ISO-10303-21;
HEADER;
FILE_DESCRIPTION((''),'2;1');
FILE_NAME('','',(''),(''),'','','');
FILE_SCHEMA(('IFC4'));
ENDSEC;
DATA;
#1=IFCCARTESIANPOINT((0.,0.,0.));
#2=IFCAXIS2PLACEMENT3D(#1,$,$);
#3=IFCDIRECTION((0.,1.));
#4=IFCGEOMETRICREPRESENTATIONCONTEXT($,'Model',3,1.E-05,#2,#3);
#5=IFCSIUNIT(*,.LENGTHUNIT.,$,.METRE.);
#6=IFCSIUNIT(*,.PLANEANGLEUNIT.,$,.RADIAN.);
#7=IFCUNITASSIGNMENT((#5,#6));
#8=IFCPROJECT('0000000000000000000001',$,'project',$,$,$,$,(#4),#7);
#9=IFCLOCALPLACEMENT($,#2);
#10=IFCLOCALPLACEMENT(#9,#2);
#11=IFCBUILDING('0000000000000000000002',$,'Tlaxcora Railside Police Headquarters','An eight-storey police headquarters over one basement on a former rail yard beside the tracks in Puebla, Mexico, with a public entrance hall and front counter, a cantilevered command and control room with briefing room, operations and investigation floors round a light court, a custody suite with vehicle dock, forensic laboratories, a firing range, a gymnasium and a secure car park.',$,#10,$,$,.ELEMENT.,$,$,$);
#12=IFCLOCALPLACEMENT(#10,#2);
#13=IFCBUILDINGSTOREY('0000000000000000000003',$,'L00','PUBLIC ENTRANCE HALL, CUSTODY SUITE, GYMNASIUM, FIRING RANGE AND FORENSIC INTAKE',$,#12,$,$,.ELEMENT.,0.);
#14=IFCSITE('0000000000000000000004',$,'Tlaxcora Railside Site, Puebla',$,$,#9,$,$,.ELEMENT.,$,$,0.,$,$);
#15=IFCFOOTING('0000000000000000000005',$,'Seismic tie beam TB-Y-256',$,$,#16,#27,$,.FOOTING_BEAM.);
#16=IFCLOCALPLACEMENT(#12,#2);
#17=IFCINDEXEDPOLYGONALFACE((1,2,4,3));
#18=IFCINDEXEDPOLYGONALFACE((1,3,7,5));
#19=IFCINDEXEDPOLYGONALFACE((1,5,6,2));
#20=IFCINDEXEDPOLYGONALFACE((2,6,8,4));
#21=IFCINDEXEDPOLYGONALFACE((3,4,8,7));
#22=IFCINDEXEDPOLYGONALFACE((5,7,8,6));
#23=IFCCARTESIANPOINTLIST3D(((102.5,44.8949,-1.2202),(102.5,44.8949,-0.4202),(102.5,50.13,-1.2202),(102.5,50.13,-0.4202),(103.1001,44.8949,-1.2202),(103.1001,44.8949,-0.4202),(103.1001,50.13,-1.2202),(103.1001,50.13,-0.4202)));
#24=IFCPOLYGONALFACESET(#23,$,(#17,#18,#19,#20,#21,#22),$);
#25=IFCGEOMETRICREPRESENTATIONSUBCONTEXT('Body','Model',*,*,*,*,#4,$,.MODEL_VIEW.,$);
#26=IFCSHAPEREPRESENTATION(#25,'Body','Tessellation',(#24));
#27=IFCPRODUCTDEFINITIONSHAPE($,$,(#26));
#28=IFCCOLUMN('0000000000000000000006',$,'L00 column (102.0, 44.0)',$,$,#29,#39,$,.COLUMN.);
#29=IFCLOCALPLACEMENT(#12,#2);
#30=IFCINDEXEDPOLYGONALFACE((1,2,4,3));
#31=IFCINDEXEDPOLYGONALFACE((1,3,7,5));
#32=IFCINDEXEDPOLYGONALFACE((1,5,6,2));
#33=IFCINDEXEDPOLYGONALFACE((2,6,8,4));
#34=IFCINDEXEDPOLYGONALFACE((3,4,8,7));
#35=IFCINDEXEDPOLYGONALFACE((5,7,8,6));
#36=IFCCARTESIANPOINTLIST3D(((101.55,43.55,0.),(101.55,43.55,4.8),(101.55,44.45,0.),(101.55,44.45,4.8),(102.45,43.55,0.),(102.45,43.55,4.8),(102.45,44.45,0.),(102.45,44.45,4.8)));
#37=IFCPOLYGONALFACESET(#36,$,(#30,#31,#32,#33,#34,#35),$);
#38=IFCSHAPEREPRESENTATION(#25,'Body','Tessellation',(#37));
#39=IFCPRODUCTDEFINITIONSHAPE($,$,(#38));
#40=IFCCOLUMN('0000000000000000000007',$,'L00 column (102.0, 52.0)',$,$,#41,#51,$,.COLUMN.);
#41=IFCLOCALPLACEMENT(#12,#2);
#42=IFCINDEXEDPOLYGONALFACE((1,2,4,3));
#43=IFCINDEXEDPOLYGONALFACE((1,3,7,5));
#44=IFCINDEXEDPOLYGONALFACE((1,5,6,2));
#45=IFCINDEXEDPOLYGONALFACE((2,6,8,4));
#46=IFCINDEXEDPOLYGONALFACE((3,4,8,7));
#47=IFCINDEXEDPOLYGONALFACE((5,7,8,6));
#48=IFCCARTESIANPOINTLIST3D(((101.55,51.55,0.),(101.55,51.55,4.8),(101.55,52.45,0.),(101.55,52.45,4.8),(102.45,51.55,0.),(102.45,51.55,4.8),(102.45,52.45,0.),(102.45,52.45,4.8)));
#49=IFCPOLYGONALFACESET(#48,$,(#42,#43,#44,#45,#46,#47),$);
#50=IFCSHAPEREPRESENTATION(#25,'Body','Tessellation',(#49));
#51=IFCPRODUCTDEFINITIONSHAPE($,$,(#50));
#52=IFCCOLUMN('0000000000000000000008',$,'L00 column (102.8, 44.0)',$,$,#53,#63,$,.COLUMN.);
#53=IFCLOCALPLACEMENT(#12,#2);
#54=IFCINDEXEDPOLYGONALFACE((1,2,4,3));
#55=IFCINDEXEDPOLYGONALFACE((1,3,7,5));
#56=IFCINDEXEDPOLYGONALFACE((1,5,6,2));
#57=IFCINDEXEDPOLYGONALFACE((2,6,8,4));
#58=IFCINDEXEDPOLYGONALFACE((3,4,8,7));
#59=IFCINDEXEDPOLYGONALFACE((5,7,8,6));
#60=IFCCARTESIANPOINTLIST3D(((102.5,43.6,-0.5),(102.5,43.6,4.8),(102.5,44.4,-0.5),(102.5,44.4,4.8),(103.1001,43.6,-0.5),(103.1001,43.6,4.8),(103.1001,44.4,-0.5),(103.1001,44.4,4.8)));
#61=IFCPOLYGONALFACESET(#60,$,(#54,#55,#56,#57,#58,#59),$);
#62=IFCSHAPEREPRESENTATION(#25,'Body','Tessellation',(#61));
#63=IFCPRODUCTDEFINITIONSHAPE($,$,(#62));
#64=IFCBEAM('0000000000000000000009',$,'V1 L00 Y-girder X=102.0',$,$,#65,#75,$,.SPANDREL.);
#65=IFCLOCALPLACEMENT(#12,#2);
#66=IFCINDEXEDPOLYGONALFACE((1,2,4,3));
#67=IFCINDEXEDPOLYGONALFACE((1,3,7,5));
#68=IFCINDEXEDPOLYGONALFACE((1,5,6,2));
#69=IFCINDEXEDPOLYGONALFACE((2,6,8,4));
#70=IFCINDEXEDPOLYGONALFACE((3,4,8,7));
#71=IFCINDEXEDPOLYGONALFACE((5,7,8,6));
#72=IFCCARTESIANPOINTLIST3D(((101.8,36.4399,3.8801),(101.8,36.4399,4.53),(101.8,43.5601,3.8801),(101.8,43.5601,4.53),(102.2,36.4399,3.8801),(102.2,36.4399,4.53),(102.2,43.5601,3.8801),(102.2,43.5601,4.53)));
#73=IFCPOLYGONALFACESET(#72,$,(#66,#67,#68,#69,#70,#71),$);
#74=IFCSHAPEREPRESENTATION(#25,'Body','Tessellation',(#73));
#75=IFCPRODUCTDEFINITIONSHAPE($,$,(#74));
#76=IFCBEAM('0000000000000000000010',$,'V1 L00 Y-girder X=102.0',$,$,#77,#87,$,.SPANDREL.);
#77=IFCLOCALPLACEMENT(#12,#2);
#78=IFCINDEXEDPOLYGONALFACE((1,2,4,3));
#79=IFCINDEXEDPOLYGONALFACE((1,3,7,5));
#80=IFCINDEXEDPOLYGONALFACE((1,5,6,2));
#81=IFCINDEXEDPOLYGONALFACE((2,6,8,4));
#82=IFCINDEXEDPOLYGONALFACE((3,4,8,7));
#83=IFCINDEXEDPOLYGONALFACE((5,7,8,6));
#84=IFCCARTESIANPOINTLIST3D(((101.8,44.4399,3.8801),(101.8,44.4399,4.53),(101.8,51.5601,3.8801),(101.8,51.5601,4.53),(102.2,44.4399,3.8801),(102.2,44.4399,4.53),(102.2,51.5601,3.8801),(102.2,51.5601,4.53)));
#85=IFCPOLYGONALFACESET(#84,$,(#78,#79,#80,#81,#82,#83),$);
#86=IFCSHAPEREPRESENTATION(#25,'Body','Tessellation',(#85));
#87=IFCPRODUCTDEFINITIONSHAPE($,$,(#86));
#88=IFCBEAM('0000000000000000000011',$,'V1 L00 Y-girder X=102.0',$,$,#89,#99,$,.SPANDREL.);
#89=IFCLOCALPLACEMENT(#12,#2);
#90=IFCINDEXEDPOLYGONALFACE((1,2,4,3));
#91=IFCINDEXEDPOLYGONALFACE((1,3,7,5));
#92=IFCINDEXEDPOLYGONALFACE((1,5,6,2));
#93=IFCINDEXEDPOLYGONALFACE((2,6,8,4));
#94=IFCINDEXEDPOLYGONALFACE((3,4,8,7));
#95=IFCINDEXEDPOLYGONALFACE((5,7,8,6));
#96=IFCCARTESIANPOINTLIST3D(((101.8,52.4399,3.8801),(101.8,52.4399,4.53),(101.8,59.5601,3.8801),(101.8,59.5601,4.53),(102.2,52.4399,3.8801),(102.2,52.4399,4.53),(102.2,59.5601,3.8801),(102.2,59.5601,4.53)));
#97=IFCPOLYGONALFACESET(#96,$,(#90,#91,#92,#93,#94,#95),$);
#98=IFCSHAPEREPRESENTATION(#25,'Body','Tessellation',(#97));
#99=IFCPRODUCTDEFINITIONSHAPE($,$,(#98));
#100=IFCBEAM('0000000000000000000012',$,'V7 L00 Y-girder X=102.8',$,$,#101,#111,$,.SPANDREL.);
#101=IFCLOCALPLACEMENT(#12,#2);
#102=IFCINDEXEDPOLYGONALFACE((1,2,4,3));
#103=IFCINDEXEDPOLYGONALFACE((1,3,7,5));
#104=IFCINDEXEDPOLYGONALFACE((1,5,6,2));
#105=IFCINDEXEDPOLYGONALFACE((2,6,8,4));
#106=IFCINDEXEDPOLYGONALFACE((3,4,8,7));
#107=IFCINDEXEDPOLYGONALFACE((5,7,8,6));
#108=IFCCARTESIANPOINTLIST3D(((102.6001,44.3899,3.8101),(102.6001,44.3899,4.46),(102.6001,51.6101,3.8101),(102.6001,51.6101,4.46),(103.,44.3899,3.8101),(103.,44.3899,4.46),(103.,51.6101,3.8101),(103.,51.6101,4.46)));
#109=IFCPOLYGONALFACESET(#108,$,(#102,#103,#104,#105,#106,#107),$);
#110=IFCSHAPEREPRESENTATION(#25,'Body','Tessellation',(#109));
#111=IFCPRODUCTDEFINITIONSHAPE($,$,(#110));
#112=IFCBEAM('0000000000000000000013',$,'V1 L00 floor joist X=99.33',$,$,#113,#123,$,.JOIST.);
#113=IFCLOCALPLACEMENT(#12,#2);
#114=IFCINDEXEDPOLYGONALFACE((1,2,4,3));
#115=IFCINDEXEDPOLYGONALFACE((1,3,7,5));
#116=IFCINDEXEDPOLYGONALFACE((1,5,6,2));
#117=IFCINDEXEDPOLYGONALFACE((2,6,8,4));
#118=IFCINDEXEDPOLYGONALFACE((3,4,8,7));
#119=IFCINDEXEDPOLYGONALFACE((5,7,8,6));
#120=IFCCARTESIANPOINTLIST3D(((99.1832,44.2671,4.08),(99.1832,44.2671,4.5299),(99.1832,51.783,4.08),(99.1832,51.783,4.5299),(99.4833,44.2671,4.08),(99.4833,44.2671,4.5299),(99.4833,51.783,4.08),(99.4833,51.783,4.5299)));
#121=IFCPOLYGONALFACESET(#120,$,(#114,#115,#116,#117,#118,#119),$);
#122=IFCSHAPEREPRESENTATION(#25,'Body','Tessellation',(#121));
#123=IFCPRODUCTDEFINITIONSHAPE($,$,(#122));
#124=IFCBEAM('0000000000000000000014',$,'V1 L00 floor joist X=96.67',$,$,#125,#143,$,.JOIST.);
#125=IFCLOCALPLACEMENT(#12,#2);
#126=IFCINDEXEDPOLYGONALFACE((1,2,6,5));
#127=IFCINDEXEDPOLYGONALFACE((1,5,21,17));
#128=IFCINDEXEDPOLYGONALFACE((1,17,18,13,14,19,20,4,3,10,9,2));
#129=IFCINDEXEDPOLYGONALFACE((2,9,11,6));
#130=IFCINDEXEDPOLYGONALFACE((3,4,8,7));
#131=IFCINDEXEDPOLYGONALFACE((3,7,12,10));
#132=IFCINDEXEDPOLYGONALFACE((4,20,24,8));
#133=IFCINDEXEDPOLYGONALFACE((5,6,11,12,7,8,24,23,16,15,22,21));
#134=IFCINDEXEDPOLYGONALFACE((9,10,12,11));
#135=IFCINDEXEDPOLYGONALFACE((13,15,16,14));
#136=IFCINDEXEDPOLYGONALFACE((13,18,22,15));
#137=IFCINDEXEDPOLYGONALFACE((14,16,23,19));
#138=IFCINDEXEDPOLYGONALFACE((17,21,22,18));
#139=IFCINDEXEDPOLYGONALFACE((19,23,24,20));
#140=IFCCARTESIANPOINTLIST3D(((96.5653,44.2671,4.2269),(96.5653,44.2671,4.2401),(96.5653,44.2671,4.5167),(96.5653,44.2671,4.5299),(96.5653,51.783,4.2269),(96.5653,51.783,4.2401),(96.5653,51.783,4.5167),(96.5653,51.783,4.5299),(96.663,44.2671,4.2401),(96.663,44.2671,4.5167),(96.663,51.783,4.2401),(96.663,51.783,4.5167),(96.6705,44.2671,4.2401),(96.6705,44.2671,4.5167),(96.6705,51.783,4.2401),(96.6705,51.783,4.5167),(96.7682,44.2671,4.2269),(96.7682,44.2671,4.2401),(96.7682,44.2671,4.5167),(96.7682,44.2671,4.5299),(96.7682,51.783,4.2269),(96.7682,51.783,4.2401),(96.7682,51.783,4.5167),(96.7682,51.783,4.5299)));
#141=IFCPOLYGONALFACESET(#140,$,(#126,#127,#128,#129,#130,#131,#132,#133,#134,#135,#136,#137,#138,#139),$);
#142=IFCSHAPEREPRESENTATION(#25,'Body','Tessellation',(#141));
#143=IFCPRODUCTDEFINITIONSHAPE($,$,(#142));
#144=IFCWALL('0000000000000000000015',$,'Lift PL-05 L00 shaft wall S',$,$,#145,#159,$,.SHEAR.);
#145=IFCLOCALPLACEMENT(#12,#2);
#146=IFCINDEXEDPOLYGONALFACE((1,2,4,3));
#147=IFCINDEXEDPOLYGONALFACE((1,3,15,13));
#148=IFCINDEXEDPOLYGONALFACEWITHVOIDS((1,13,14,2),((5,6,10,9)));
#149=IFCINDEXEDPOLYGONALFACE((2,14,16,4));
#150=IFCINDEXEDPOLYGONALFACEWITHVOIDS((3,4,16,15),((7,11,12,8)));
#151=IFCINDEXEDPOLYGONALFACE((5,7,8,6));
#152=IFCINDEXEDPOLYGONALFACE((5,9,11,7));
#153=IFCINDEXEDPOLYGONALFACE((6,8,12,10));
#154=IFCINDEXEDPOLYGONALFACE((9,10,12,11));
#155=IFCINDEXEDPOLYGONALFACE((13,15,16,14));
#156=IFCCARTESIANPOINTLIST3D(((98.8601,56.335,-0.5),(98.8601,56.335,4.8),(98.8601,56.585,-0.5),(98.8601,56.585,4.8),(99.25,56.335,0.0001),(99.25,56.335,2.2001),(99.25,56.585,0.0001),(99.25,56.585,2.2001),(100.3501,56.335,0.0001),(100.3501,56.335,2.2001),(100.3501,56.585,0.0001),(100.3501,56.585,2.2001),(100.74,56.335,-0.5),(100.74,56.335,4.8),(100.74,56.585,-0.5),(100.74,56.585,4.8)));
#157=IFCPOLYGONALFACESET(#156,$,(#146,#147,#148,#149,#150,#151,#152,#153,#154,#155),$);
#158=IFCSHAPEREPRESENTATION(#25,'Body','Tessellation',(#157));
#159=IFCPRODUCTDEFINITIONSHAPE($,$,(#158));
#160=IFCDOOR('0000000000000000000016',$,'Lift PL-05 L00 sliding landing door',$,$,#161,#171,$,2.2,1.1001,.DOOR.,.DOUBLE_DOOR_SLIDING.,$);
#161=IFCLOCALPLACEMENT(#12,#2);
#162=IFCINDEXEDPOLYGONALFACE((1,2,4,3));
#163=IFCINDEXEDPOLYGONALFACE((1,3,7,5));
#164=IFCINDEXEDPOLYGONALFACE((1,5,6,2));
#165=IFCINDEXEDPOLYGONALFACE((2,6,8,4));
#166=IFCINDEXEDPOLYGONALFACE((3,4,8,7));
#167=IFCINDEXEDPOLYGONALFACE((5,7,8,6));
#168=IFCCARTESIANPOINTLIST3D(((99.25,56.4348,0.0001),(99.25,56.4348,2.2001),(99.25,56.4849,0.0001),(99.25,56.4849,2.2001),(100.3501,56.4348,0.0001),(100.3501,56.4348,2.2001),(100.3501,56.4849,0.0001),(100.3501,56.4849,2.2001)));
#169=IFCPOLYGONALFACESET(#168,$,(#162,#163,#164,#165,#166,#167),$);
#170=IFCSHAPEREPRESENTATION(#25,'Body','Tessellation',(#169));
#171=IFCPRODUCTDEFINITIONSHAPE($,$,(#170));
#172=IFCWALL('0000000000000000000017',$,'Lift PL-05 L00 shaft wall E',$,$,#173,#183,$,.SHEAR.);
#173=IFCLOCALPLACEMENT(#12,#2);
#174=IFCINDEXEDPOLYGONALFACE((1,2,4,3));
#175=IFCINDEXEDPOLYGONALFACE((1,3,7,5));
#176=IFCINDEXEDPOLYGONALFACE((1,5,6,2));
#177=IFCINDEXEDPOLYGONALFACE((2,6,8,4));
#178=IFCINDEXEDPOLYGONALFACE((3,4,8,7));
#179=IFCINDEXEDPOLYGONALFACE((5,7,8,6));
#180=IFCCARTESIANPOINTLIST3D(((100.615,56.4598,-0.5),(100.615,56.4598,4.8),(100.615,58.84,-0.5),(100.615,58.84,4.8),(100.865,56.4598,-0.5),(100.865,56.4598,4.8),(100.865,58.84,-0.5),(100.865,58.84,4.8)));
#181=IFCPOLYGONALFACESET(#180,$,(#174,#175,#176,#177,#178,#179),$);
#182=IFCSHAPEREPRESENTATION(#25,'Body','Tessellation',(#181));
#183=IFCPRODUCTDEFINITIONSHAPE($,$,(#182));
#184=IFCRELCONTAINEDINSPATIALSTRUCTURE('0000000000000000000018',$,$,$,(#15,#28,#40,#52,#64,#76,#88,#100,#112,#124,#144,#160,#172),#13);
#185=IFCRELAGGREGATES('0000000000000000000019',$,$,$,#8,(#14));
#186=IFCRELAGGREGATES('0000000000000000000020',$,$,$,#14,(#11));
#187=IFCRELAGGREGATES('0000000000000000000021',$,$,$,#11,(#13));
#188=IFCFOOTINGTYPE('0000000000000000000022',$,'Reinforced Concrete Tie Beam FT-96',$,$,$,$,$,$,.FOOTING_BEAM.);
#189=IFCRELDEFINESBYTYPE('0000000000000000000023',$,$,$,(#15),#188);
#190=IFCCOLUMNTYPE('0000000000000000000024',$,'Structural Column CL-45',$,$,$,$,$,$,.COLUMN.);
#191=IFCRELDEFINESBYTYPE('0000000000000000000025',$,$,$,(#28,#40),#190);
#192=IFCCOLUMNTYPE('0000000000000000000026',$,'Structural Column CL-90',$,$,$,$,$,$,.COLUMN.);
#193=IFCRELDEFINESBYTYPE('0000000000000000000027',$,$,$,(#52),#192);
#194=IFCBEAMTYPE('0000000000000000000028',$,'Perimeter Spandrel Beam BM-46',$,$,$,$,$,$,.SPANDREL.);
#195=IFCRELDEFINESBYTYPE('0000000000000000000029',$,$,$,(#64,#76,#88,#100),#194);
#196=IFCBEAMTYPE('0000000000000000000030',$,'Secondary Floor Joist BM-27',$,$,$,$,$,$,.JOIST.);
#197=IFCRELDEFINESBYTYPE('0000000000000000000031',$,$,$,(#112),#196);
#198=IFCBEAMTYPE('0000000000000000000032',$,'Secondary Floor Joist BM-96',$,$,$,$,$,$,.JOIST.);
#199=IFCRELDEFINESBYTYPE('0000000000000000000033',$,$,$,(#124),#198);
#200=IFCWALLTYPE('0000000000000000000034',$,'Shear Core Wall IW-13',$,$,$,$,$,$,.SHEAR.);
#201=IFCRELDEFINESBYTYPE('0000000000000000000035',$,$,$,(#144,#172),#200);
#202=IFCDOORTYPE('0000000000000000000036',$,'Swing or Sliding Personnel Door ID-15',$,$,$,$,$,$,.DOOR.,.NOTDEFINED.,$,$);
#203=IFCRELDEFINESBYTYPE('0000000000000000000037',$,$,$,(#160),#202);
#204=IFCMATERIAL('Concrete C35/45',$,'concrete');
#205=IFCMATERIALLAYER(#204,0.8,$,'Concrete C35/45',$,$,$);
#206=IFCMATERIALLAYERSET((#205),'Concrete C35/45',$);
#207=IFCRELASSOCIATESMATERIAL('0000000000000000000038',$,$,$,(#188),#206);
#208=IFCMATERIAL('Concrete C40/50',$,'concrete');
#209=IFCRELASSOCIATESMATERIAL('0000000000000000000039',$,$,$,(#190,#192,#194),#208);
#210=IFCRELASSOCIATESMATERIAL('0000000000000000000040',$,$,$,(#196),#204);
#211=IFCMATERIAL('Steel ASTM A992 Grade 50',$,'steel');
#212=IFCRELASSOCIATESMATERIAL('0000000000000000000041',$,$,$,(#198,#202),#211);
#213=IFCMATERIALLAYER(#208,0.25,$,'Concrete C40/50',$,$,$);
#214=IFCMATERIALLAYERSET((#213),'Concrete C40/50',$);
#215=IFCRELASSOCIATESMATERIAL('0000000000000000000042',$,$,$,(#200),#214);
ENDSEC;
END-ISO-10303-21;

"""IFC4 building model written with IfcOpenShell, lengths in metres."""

from ifc_helpers import new_model, si_unit, direction, frame, frame_2d, origin, origin_2d, place, context, subcontext, project, spatial, rectangle, i_section, extrude, material, layer, layer_set, material_profile, profile_set, type_object, element, fill, save


model = new_model("IFC4")

# Units and contexts
model_context = context("Model", 3, precision=1e-05, world=origin(), true_north=direction((0.0, 1.0)))
body_context = subcontext(model_context, "Body", "Model", "MODEL_VIEW")
ifc_project = project(units=[si_unit("LENGTHUNIT", "METRE"), si_unit("PLANEANGLEUNIT", "RADIAN")], contexts=[model_context])

# Site, building, storey
site_placement = place(None, origin())
site = spatial("IfcSite", under=ifc_project, at=site_placement, Name="Tlaxcora Railside Site, Puebla", CompositionType="ELEMENT", RefElevation=0.0)
building_placement = place(site_placement, origin())
building = spatial("IfcBuilding", under=site, at=building_placement, Name="Tlaxcora Railside Police Headquarters", Description="An eight-storey police headquarters over one basement on a former rail yard beside the tracks in Puebla, Mexico, with a public entrance hall and front counter, a cantilevered command and control room with briefing room, operations and investigation floors round a light court, a custody suite with vehicle dock, forensic laboratories, a firing range, a gymnasium and a secure car park.", CompositionType="ELEMENT")
storey_placement = place(building_placement, origin())
storey = spatial("IfcBuildingStorey", under=building, at=storey_placement, Name="L00", Description="PUBLIC ENTRANCE HALL, CUSTODY SUITE, GYMNASIUM, FIRING RANGE AND FORENSIC INTAKE", CompositionType="ELEMENT", Elevation=0.0)

# Footing
ifc_material_1 = material(Name="Concrete C35/45", Category="concrete")
ifc_layer_1 = layer(ifc_material_1, 0.8, Name="Concrete C35/45")
ifc_layer_set_1 = layer_set([ifc_layer_1], Name="Concrete C35/45")
footing_type = type_object("IfcFootingType", Name="Reinforced Concrete Tie Beam FT-96", PredefinedType="FOOTING_BEAM", material=ifc_layer_set_1)
footing_placement = place(storey_placement, frame((102.8, 47.5125, -1.2202), z_axis=(0.0, 0.0, 1.0), x_axis=(0.0, 1.0, 0.0)))
element("IfcFooting", 1, at=footing_placement, inside=storey, type_object=footing_type, Name="Seismic tie beam TB-Y-256", PredefinedType="FOOTING_BEAM", context=body_context, shape_type="SweptSolid", body=[
    extrude(rectangle(XDim=5.2351, YDim=0.6001, at=origin_2d()), origin(), (0.0, 0.0, 1.0), 0.8),
])

# Columns
ifc_material_2 = material(Name="Concrete C40/50", Category="concrete")
ifc_material_profile_1 = material_profile(ifc_material_2, rectangle(XDim=0.8999, YDim=0.8999, at=origin_2d()), Name="RC900X900")
ifc_profile_set_1 = profile_set([ifc_material_profile_1], Name="Concrete C40/50")
column_type_1 = type_object("IfcColumnType", Name="Structural Column CL-45", PredefinedType="COLUMN", material=ifc_profile_set_1)
for number, where, z_axis, x_axis, name in (
    (2, (102.0, 44.0, 0.0), (0.0, 0.0, 1.0), (1.0, 0.0, 0.0), "L00 column (102.0, 44.0)"),
    (3, (102.0, 52.0, 0.0), (0.0, 0.0, 1.0), (1.0, 0.0, 0.0), "L00 column (102.0, 52.0)"),
):
    element("IfcColumn", number, at=place(storey_placement, frame(where, z_axis=z_axis, x_axis=x_axis)), inside=storey, type_object=column_type_1, Name=name, PredefinedType="COLUMN", context=body_context, shape_type="SweptSolid", body=[
        extrude(rectangle(XDim=0.8999, YDim=0.8999, at=origin_2d()), origin(), (0.0, 0.0, 1.0), 4.8),
    ])
ifc_material_profile_2 = material_profile(ifc_material_2, rectangle(XDim=0.6001, YDim=0.8, at=origin_2d()), Name="RC600X800")
ifc_profile_set_2 = profile_set([ifc_material_profile_2], Name="Concrete C40/50")
column_type_2 = type_object("IfcColumnType", Name="Structural Column CL-90", PredefinedType="COLUMN", material=ifc_profile_set_2)
column_placement = place(storey_placement, frame((102.8, 44.0, -0.5), z_axis=(0.0, 0.0, 1.0), x_axis=(1.0, 0.0, 0.0)))
element("IfcColumn", 4, at=column_placement, inside=storey, type_object=column_type_2, Name="L00 column (102.8, 44.0)", PredefinedType="COLUMN", context=body_context, shape_type="SweptSolid", body=[
    extrude(rectangle(XDim=0.6001, YDim=0.8, at=origin_2d()), origin(), (0.0, 0.0, 1.0), 5.3),
])

# Beams
ifc_material_profile_3 = material_profile(ifc_material_2, rectangle(XDim=0.3999, YDim=0.6499, at=origin_2d()), Name="RC400X650")
ifc_profile_set_3 = profile_set([ifc_material_profile_3], Name="Concrete C40/50")
beam_type_1 = type_object("IfcBeamType", Name="Perimeter Spandrel Beam BM-46", PredefinedType="SPANDREL", material=ifc_profile_set_3)
for number, where, z_axis, x_axis, name in (
    (5, (102.0, 36.4399, 4.2051), (0.0, 1.0, 0.0), (-1.0, 0.0, 0.0), "V1 L00 Y-girder X=102.0"),
    (6, (102.0, 44.4399, 4.2051), (0.0, 1.0, 0.0), (-1.0, 0.0, 0.0), "V1 L00 Y-girder X=102.0"),
    (7, (102.0, 52.4399, 4.2051), (0.0, 1.0, 0.0), (-1.0, 0.0, 0.0), "V1 L00 Y-girder X=102.0"),
):
    element("IfcBeam", number, at=place(storey_placement, frame(where, z_axis=z_axis, x_axis=x_axis)), inside=storey, type_object=beam_type_1, Name=name, PredefinedType="SPANDREL", context=body_context, shape_type="SweptSolid", body=[
        extrude(rectangle(XDim=0.3999, YDim=0.6499, at=origin_2d()), origin(), (0.0, 0.0, 1.0), 7.1201),
    ])
beam_1_placement = place(storey_placement, frame((102.8, 44.3899, 4.135), z_axis=(0.0, 1.0, 0.0), x_axis=(-1.0, 0.0, 0.0)))
element("IfcBeam", 8, at=beam_1_placement, inside=storey, type_object=beam_type_1, Name="V7 L00 Y-girder X=102.8", PredefinedType="SPANDREL", context=body_context, shape_type="SweptSolid", body=[
    extrude(rectangle(XDim=0.3999, YDim=0.6499, at=origin_2d()), origin(), (0.0, 0.0, 1.0), 7.2202),
])
ifc_material_profile_4 = material_profile(ifc_material_1, rectangle(XDim=0.3, YDim=0.45, at=origin_2d()), Name="RC300X450")
ifc_profile_set_4 = profile_set([ifc_material_profile_4], Name="Concrete C35/45")
beam_type_2 = type_object("IfcBeamType", Name="Secondary Floor Joist BM-27", PredefinedType="JOIST", material=ifc_profile_set_4)
beam_2_placement = place(storey_placement, frame((99.3333, 44.2671, 4.3049), z_axis=(0.0, 1.0, 0.0), x_axis=(-1.0, 0.0, 0.0)))
element("IfcBeam", 9, at=beam_2_placement, inside=storey, type_object=beam_type_2, Name="V1 L00 floor joist X=99.33", PredefinedType="JOIST", context=body_context, shape_type="SweptSolid", body=[
    extrude(rectangle(XDim=0.3, YDim=0.45, at=origin_2d()), origin(), (0.0, 0.0, 1.0), 7.5159),
])
ifc_material_3 = material(Name="Steel ASTM A992 Grade 50", Category="steel")
ifc_material_profile_5 = material_profile(ifc_material_3, i_section(OverallWidth=0.2029, OverallDepth=0.303, WebThickness=0.0076, FlangeThickness=0.0132, at=origin_2d()), Name="W12X40")
ifc_profile_set_5 = profile_set([ifc_material_profile_5], Name="Steel ASTM A992 Grade 50")
beam_type_3 = type_object("IfcBeamType", Name="Secondary Floor Joist BM-96", PredefinedType="JOIST", material=ifc_profile_set_5)
beam_3_placement = place(storey_placement, frame((96.6667, 44.2671, 4.3784), z_axis=(0.0, 1.0, 0.0), x_axis=(-1.0, 0.0, 0.0)))
element("IfcBeam", 10, at=beam_3_placement, inside=storey, type_object=beam_type_3, Name="V1 L00 floor joist X=96.67", PredefinedType="JOIST", context=body_context, shape_type="SweptSolid", body=[
    extrude(i_section(OverallWidth=0.2029, OverallDepth=0.303, WebThickness=0.0076, FlangeThickness=0.0132, at=origin_2d()), origin(), (0.0, 0.0, 1.0), 7.5159),
])

# Wall, opening, door
ifc_layer_2 = layer(ifc_material_2, 0.25, Name="Concrete C40/50")
ifc_layer_set_2 = layer_set([ifc_layer_2], Name="Concrete C40/50")
wall_type_1 = type_object("IfcWallType", Name="Shear Core Wall IW-13", PredefinedType="SHEAR", material=ifc_layer_set_2)
wall_1_placement = place(storey_placement, frame((98.8601, 56.46, -0.5), z_axis=(0.0, 0.0, 1.0), x_axis=(1.0, 0.0, 0.0)))
wall_1 = element("IfcWall", 11, at=wall_1_placement, inside=storey, type_object=wall_type_1, Name="Lift PL-05 L00 shaft wall S", PredefinedType="SHEAR", context=body_context, shape_type="SweptSolid", body=[
    extrude(rectangle(XDim=1.8799, YDim=0.25, at=frame_2d((0.9399, 0.0))), origin(), (0.0, 0.0, 1.0), 5.3),
])
opening_1_placement = place(wall_1_placement, frame((0.3899, 0.0, 0.5)))
opening_1 = element("IfcOpeningElement", 12, at=opening_1_placement, cuts=wall_1, PredefinedType="OPENING", context=body_context, shape_type="SweptSolid", body=[
    extrude(rectangle(XDim=1.1001, YDim=2.2, at=frame_2d((0.55, 1.1001))), frame((0.0, 0.135, 0.0), z_axis=(0.0, -1.0, 0.0), x_axis=(1.0, 0.0, 0.0)), (0.0, 0.0, 1.0), 0.27),
])
door_type = type_object("IfcDoorType", Name="Swing or Sliding Personnel Door ID-15", OperationType="NOTDEFINED", PredefinedType="DOOR", material=ifc_material_3)
door_placement = place(opening_1_placement, origin())
door = element("IfcDoor", 13, at=door_placement, inside=storey, type_object=door_type, Name="Lift PL-05 L00 sliding landing door", OperationType="DOUBLE_DOOR_SLIDING", OverallHeight=2.2, OverallWidth=1.1001, PredefinedType="DOOR", context=body_context, shape_type="SweptSolid", body=[
    extrude(rectangle(XDim=1.1001, YDim=2.2, at=frame_2d((0.55, 1.1001))), frame((0.0, 0.0249, 0.0), z_axis=(0.0, -1.0, 0.0), x_axis=(1.0, 0.0, 0.0)), (0.0, 0.0, 1.0), 0.05),
])
fill(opening_1, door)

# Wall
wall_2_placement = place(storey_placement, frame((100.74, 56.46, -0.5), z_axis=(0.0, 0.0, 1.0), x_axis=(0.0, 1.0, 0.0)))
element("IfcWall", 14, at=wall_2_placement, inside=storey, type_object=wall_type_1, Name="Lift PL-05 L00 shaft wall E", PredefinedType="SHEAR", context=body_context, shape_type="SweptSolid", body=[
    extrude(rectangle(XDim=2.3801, YDim=0.25, at=frame_2d((1.1899, 0.0))), origin(), (0.0, 0.0, 1.0), 5.3),
])

save(model, "model.ifc")
